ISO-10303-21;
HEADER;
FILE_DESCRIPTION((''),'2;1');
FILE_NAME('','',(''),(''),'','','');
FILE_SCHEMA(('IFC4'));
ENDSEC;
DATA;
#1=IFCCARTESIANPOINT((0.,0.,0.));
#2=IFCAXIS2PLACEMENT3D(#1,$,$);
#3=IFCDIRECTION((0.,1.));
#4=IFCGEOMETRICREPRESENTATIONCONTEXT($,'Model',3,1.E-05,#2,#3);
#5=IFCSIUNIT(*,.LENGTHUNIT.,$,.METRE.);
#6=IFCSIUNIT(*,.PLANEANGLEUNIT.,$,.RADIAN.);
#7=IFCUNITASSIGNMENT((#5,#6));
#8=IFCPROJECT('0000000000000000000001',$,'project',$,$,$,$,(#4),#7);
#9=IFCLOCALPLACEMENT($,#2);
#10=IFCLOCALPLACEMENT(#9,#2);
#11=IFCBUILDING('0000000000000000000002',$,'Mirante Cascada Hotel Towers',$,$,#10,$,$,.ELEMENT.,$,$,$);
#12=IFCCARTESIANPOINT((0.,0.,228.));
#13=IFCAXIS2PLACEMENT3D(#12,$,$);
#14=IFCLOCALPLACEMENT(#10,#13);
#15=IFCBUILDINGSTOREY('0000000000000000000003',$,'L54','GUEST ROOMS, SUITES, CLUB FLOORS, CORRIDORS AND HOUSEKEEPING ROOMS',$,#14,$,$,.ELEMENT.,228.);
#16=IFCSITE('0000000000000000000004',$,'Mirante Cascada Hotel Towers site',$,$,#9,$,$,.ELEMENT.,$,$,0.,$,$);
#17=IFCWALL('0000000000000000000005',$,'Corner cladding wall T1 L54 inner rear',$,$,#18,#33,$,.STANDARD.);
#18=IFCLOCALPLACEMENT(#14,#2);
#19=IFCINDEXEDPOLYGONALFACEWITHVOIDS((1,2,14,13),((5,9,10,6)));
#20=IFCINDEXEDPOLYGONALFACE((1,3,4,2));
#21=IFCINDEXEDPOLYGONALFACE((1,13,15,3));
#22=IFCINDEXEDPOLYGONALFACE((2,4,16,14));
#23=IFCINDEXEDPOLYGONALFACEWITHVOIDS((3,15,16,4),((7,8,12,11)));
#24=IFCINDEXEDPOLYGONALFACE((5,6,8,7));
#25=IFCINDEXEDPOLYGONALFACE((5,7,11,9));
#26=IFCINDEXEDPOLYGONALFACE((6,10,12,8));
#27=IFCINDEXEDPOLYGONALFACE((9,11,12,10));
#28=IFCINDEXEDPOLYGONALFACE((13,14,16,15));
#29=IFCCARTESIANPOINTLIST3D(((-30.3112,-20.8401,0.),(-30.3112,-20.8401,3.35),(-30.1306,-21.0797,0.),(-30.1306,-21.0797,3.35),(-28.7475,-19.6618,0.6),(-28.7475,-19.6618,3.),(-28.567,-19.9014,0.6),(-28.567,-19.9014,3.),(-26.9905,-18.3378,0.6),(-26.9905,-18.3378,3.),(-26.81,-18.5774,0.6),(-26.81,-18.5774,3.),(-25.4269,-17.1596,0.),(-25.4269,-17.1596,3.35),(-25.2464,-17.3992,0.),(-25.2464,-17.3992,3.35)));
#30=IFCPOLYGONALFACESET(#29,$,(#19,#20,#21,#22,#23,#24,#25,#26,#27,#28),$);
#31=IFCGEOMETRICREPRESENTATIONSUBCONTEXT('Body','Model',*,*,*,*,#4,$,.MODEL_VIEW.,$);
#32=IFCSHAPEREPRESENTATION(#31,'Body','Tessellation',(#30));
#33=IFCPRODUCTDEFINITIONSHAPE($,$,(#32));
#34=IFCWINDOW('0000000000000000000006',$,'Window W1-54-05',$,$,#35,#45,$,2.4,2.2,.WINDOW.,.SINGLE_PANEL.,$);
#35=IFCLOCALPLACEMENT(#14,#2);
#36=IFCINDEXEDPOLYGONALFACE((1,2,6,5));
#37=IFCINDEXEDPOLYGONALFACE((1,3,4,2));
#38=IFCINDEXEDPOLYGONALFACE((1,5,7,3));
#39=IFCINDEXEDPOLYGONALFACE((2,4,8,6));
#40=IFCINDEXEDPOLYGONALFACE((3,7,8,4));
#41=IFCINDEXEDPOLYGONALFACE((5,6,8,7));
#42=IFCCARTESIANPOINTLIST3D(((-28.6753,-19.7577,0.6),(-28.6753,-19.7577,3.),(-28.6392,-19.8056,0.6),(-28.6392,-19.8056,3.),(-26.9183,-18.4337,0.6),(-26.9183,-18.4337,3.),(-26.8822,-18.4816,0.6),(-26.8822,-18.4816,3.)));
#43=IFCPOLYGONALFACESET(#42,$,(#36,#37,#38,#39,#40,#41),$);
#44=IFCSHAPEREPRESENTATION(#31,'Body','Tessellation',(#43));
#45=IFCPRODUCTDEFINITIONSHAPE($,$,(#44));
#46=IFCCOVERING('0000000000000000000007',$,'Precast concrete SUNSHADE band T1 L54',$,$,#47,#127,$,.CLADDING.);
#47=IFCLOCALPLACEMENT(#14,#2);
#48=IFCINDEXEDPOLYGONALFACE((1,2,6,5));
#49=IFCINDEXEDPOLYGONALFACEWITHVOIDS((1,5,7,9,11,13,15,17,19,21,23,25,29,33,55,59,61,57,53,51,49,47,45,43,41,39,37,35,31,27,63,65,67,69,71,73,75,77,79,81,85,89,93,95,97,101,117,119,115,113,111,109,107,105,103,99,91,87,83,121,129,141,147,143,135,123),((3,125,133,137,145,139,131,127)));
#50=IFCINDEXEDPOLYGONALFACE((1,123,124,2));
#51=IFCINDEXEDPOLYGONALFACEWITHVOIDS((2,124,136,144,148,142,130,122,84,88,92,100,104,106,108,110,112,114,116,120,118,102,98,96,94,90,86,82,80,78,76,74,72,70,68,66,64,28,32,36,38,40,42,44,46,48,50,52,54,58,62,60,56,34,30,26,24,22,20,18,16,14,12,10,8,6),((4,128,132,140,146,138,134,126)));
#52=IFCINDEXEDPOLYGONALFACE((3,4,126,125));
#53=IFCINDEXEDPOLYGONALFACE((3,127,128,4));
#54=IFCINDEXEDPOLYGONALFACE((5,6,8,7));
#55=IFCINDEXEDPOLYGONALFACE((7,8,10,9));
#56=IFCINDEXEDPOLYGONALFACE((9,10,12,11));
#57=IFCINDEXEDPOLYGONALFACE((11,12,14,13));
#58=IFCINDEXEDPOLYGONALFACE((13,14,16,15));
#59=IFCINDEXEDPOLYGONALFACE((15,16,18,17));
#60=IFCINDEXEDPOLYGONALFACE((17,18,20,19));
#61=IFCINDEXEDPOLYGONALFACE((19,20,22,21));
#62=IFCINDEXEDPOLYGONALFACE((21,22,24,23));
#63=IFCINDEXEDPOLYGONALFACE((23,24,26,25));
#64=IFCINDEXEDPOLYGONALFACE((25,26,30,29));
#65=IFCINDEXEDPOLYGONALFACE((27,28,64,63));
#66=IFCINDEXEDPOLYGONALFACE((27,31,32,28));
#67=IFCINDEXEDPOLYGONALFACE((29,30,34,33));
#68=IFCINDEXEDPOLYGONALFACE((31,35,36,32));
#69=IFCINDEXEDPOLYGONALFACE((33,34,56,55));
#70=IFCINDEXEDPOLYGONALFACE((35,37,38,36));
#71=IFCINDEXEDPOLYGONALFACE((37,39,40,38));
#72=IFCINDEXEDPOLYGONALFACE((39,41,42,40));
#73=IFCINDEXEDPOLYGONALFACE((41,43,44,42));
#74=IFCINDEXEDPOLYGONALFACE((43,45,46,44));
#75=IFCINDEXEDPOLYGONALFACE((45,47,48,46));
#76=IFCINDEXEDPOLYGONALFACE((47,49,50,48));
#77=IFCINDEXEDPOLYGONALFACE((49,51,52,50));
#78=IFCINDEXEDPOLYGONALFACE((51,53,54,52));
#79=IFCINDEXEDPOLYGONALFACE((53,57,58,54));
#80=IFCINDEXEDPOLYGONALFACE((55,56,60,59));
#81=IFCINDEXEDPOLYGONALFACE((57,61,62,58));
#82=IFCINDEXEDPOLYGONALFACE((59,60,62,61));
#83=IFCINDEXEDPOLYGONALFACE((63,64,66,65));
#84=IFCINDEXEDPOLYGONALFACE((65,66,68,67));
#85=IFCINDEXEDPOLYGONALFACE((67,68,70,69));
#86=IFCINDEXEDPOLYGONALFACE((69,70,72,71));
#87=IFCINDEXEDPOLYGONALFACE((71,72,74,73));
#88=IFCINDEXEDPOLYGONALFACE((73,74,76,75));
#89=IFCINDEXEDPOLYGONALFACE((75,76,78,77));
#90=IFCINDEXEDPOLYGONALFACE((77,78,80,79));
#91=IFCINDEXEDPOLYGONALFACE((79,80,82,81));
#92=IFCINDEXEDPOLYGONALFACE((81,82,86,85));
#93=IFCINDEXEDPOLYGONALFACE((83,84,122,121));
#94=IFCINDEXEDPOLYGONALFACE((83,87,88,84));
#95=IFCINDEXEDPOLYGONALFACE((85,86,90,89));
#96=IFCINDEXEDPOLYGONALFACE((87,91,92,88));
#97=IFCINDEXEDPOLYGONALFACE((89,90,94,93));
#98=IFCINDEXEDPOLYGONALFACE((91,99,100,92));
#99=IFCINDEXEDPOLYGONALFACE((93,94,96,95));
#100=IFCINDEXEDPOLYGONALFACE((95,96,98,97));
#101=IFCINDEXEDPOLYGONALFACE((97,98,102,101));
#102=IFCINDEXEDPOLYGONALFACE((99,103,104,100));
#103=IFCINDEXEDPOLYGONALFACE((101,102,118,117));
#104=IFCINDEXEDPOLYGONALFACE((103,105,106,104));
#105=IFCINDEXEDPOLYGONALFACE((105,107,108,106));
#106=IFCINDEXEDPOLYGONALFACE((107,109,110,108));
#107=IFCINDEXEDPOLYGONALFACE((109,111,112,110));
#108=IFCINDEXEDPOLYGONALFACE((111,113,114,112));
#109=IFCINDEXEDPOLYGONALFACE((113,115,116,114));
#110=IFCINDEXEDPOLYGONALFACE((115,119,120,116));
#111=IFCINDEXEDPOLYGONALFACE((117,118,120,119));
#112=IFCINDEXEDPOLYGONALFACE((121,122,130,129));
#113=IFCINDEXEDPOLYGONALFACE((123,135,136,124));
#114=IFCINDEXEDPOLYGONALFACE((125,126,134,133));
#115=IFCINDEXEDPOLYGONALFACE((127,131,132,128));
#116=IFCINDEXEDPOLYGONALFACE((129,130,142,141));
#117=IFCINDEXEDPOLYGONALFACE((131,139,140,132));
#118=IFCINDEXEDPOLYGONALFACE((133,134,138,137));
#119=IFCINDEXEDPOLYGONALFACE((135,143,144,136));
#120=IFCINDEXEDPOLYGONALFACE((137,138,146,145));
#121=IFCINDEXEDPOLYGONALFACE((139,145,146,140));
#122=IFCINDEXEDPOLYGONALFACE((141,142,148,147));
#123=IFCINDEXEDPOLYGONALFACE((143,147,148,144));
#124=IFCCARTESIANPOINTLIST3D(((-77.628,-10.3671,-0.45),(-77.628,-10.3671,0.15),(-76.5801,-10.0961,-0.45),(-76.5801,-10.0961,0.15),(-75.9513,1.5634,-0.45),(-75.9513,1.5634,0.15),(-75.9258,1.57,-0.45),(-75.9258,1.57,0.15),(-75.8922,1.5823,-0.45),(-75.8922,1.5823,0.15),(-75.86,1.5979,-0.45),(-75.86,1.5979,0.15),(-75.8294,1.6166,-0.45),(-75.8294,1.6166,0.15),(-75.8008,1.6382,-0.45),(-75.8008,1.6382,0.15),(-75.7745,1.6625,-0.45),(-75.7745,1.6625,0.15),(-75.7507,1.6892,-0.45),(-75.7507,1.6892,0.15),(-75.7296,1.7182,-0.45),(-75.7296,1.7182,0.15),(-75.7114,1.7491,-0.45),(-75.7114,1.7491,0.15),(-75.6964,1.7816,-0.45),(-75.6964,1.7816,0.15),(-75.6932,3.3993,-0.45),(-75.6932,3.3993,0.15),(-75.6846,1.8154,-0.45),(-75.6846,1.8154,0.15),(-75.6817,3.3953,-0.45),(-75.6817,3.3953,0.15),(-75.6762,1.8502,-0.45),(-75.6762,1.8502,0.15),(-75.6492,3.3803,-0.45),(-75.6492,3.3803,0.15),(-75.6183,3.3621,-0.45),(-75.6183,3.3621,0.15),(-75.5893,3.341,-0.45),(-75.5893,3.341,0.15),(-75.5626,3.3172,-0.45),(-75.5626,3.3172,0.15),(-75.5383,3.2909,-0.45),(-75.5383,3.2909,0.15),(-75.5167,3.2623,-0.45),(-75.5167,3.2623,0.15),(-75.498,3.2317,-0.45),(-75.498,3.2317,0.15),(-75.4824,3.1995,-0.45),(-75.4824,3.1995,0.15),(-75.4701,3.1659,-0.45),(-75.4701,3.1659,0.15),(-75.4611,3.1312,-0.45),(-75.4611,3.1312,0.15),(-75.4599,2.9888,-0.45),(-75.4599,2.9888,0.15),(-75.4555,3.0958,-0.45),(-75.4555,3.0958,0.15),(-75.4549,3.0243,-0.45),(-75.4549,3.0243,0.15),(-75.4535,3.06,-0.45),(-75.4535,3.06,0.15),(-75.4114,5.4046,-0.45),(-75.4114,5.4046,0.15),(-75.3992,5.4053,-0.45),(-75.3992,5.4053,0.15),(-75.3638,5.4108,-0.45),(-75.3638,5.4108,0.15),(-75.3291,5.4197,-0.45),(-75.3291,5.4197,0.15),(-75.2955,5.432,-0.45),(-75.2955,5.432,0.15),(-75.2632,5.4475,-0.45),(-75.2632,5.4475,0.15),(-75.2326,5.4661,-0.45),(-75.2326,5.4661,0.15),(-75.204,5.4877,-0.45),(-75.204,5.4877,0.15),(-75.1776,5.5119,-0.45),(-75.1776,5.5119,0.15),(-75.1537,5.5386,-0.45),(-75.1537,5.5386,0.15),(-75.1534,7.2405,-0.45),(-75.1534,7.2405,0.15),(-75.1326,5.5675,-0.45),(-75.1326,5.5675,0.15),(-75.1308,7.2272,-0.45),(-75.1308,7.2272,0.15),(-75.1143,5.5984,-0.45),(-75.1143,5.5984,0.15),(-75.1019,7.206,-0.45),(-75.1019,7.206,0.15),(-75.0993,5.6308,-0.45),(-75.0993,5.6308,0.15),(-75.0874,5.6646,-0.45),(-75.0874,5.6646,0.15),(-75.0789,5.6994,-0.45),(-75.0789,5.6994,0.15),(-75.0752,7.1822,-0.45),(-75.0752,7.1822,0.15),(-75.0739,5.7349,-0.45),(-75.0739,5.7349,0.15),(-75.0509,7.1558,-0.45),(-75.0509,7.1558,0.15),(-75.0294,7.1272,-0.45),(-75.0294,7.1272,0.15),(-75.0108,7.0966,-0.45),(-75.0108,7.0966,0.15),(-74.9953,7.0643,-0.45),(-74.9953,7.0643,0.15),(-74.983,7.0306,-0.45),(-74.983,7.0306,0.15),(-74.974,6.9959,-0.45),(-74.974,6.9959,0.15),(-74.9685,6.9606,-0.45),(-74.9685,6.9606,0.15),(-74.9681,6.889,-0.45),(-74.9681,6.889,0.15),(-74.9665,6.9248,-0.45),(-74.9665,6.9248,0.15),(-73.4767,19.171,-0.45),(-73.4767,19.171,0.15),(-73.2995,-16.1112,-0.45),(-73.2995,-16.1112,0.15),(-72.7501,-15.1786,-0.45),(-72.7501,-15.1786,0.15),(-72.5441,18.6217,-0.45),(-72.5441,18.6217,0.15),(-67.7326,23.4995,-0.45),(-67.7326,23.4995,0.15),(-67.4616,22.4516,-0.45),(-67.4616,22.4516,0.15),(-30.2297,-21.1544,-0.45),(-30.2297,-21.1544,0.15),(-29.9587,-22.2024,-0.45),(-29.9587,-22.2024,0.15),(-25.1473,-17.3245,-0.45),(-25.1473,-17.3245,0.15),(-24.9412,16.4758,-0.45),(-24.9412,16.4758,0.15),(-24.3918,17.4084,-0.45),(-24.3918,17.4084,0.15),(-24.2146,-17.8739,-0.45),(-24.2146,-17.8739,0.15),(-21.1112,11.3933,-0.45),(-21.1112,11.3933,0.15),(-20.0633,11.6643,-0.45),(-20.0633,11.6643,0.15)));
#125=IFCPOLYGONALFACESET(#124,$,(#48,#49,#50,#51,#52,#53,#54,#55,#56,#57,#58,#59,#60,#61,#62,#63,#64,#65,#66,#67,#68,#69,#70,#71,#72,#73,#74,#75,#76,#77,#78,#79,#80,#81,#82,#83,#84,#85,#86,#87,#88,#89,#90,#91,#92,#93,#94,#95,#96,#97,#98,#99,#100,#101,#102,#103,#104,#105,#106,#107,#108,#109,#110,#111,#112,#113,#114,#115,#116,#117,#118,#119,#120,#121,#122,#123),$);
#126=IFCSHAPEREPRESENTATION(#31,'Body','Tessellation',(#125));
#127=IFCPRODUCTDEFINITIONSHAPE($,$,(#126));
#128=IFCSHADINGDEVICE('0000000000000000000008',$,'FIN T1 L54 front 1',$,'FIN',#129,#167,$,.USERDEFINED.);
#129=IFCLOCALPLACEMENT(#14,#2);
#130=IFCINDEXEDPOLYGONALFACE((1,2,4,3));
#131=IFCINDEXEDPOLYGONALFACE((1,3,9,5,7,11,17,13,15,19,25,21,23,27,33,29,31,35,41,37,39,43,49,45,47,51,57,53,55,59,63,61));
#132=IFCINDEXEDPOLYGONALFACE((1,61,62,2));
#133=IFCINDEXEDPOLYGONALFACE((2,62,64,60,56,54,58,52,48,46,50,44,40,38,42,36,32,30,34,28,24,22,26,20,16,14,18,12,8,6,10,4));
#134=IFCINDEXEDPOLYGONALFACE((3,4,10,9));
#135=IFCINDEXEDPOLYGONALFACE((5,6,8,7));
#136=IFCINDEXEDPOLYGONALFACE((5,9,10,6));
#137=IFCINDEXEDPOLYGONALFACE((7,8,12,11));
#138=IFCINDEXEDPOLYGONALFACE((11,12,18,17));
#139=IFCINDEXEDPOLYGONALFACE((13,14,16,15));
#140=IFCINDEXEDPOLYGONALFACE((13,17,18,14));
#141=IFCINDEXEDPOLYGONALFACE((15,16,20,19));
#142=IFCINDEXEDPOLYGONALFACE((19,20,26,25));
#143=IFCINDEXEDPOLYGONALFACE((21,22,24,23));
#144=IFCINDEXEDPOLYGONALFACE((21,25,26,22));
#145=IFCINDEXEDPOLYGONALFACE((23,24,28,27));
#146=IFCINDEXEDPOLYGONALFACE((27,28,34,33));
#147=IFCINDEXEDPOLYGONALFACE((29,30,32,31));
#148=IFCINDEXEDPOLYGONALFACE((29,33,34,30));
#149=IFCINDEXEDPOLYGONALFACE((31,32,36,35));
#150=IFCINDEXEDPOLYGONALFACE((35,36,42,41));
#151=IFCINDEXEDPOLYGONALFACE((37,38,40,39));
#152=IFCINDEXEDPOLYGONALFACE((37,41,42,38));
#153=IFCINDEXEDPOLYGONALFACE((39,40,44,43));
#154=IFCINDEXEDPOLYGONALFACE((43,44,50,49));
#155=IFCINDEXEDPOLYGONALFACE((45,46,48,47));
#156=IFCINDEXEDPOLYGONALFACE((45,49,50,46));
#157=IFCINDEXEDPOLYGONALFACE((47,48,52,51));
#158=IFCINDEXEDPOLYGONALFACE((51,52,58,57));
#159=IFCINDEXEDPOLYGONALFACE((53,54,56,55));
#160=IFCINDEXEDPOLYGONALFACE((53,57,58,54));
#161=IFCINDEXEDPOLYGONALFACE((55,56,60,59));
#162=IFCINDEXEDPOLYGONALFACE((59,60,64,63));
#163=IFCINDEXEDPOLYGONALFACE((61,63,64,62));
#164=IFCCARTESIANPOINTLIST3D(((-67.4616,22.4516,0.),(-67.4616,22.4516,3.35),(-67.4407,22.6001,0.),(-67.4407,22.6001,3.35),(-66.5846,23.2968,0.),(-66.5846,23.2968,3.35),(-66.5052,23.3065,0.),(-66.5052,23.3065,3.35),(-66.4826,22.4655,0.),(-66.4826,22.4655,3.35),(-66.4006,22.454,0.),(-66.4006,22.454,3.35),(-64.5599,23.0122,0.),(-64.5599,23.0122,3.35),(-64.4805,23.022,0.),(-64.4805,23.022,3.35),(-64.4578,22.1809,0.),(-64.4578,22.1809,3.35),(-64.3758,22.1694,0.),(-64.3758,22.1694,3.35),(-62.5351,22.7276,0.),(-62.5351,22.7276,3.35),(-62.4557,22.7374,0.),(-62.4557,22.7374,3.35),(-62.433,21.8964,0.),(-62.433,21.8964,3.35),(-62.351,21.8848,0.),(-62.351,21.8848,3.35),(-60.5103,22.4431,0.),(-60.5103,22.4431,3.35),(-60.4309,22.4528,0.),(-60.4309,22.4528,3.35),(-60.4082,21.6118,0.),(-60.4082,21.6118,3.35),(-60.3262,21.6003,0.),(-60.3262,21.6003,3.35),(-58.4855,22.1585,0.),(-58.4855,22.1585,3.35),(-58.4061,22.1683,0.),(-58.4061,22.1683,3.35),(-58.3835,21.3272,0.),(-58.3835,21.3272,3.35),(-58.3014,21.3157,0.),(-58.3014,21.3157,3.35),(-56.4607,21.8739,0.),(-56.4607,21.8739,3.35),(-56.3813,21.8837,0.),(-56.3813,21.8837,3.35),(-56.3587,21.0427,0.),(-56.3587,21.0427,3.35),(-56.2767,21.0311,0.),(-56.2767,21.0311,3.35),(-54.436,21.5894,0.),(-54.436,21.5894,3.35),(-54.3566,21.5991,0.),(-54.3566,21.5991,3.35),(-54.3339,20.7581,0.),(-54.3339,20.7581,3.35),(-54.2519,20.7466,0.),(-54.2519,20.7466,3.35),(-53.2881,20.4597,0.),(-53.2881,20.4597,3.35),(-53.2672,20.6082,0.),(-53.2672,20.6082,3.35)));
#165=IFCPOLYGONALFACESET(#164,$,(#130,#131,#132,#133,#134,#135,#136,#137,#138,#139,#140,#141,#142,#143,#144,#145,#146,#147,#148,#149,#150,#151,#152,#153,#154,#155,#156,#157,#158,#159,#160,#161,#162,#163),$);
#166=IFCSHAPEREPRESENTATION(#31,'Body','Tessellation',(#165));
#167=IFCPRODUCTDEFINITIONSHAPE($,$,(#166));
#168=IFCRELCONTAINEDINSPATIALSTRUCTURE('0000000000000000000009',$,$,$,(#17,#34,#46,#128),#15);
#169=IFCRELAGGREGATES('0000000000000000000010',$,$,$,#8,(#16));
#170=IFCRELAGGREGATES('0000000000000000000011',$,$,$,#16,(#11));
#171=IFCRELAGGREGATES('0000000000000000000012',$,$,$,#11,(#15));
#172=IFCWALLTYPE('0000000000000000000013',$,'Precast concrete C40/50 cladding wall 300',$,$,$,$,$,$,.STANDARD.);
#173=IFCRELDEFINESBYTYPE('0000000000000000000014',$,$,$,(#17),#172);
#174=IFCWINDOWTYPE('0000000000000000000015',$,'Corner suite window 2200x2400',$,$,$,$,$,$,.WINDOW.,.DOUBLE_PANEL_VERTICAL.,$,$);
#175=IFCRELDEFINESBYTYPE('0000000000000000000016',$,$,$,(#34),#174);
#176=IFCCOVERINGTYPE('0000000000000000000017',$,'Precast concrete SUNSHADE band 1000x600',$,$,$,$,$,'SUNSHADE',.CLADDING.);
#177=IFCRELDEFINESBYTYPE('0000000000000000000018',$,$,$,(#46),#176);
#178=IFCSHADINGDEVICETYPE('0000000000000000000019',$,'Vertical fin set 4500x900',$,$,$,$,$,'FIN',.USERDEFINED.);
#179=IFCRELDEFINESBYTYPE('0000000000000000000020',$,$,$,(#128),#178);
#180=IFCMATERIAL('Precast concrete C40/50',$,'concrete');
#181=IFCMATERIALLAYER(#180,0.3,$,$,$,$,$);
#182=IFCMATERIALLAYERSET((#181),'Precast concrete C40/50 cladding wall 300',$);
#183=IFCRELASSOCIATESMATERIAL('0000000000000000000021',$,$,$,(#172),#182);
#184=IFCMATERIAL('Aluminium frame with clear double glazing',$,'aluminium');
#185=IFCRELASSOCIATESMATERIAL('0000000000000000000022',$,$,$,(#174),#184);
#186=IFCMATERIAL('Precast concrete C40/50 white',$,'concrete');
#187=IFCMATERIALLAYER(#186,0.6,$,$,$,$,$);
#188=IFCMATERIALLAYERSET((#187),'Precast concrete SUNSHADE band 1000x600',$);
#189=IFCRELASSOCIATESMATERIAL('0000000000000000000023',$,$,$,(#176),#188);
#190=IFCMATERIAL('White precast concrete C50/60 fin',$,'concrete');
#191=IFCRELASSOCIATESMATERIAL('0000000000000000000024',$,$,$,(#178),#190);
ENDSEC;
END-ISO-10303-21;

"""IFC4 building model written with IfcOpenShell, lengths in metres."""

from ifc_helpers import new_model, si_unit, direction, frame, frame_2d, origin, place, context, subcontext, project, spatial, polyline, rectangle, outline, extrude, material, layer, layer_set, type_object, element, fill, save


model = new_model("IFC4")

# Units and contexts
model_context = context("Model", 3, precision=1e-05, world=origin(), true_north=direction((0.0, 1.0)))
body_context = subcontext(model_context, "Body", "Model", "MODEL_VIEW")
ifc_project = project(units=[si_unit("LENGTHUNIT", "METRE"), si_unit("PLANEANGLEUNIT", "RADIAN")], contexts=[model_context])

# Site, building, storey
site_placement = place(None, origin())
site = spatial("IfcSite", under=ifc_project, at=site_placement, Name="Mirante Cascada Hotel Towers site", CompositionType="ELEMENT", RefElevation=0.0)
building_placement = place(site_placement, origin())
building = spatial("IfcBuilding", under=site, at=building_placement, Name="Mirante Cascada Hotel Towers", CompositionType="ELEMENT")
storey_placement = place(building_placement, frame((0.0, 0.0, 228.0)))
storey = spatial("IfcBuildingStorey", under=building, at=storey_placement, Name="L54", Description="GUEST ROOMS, SUITES, CLUB FLOORS, CORRIDORS AND HOUSEKEEPING ROOMS", CompositionType="ELEMENT", Elevation=228.0)

# Wall, opening, window
ifc_material_1 = material(Name="Precast concrete C40/50", Category="concrete")
ifc_layer_1 = layer(ifc_material_1, 0.3)
ifc_layer_set_1 = layer_set([ifc_layer_1], Name="Precast concrete C40/50 cladding wall 300")
wall_type_1 = type_object("IfcWallType", Name="Precast concrete C40/50 cladding wall 300", PredefinedType="STANDARD", material=ifc_layer_set_1)
wall_1_placement = place(storey_placement, frame((-25.3367, -17.2794, 0.0), z_axis=(0.0, 0.0, 1.0), x_axis=(-0.798636, -0.601814, 0.0)))
wall_1 = element("IfcWall", 1, at=wall_1_placement, inside=storey, type_object=wall_type_1, Name="Corner cladding wall T1 L54 inner rear", PredefinedType="STANDARD", context=body_context, shape_type="SweptSolid", body=[
    extrude(rectangle(XDim=6.1157, YDim=0.3, at=frame_2d((3.0578, 0.0))), origin(), (0.0, 0.0, 1.0), 3.35),
])
opening_1_placement = place(wall_1_placement, frame((1.9578, 0.0, 0.6)))
opening_1 = element("IfcOpeningElement", 2, at=opening_1_placement, cuts=wall_1, PredefinedType="OPENING", context=body_context, shape_type="SweptSolid", body=[
    extrude(rectangle(XDim=2.2, YDim=2.4, at=frame_2d((1.1, 1.2))), frame((0.0, 0.15, 0.0), z_axis=(0.0, -1.0, 0.0), x_axis=(1.0, 0.0, 0.0)), (0.0, 0.0, 1.0), 0.3),
])
ifc_material_2 = material(Name="Aluminium frame with clear double glazing", Category="aluminium")
window_type = type_object("IfcWindowType", Name="Corner suite window 2200x2400", PartitioningType="DOUBLE_PANEL_VERTICAL", PredefinedType="WINDOW", material=ifc_material_2)
window_placement = place(opening_1_placement, origin())
window = element("IfcWindow", 3, at=window_placement, inside=storey, type_object=window_type, Name="Window W1-54-05", OverallHeight=2.4, OverallWidth=2.2, PartitioningType="SINGLE_PANEL", PredefinedType="WINDOW", context=body_context, shape_type="SweptSolid", body=[
    extrude(rectangle(XDim=2.2, YDim=2.4, at=frame_2d((1.1, 1.2))), frame((0.0, 0.03, 0.0), z_axis=(0.0, -1.0, 0.0), x_axis=(1.0, 0.0, 0.0)), (0.0, 0.0, 1.0), 0.06),
])
fill(opening_1, window)

# Covering
ifc_material_3 = material(Name="Precast concrete C40/50 white", Category="concrete")
ifc_layer_2 = layer(ifc_material_3, 0.6)
ifc_layer_set_2 = layer_set([ifc_layer_2], Name="Precast concrete SUNSHADE band 1000x600")
covering_type = type_object("IfcCoveringType", Name="Precast concrete SUNSHADE band 1000x600", ElementType="SUNSHADE", PredefinedType="CLADDING", material=ifc_layer_set_2)
covering_placement = place(storey_placement, frame((0.0, 0.0, -0.45)))
element("IfcCovering", 4, at=covering_placement, inside=storey, type_object=covering_type, Name="Precast concrete SUNSHADE band T1 L54", PredefinedType="CLADDING", context=body_context, shape_type="SweptSolid", body=[
    extrude(outline(polyline([(-77.628, -10.3671), (-75.9513, 1.5634), (-75.9258, 1.57), (-75.8922, 1.5823), (-75.86, 1.5979), (-75.8294, 1.6166), (-75.8008, 1.6382), (-75.7745, 1.6625), (-75.7507, 1.6892), (-75.7296, 1.7182), (-75.7114, 1.7491), (-75.6964, 1.7816), (-75.6846, 1.8154), (-75.6762, 1.8502), (-75.4599, 2.9888), (-75.4549, 3.0243), (-75.4535, 3.06), (-75.4555, 3.0958), (-75.4611, 3.1312), (-75.4701, 3.1659), (-75.4824, 3.1995), (-75.498, 3.2317), (-75.5167, 3.2623), (-75.5383, 3.2909), (-75.5626, 3.3172), (-75.5893, 3.341), (-75.6183, 3.3621), (-75.6492, 3.3803), (-75.6817, 3.3953), (-75.6932, 3.3993), (-75.4114, 5.4046), (-75.3992, 5.4053), (-75.3638, 5.4108), (-75.3291, 5.4197), (-75.2955, 5.432), (-75.2632, 5.4475), (-75.2326, 5.4661), (-75.204, 5.4877), (-75.1776, 5.5119), (-75.1537, 5.5386), (-75.1326, 5.5675), (-75.1143, 5.5984), (-75.0993, 5.6308), (-75.0874, 5.6646), (-75.0789, 5.6994), (-75.0739, 5.7349), (-74.9681, 6.889), (-74.9665, 6.9248), (-74.9685, 6.9606), (-74.974, 6.9959), (-74.983, 7.0306), (-74.9953, 7.0643), (-75.0108, 7.0966), (-75.0294, 7.1272), (-75.0509, 7.1558), (-75.0752, 7.1822), (-75.1019, 7.206), (-75.1308, 7.2272), (-75.1534, 7.2405), (-73.4767, 19.171), (-67.7326, 23.4995), (-24.3918, 17.4084), (-20.0633, 11.6643), (-24.2146, -17.8739), (-29.9587, -22.2024), (-73.2995, -16.1112), (-77.628, -10.3671)]), holes=[polyline([(-21.1112, 11.3933), (-24.9412, 16.4758), (-67.4616, 22.4516), (-72.5441, 18.6217), (-76.5801, -10.0961), (-72.7501, -15.1786), (-30.2297, -21.1544), (-25.1473, -17.3245), (-21.1112, 11.3933)])]), origin(), (0.0, 0.0, 1.0), 0.6),
])

# Shading device
ifc_material_4 = material(Name="White precast concrete C50/60 fin", Category="concrete")
shading_device_type = type_object("IfcShadingDeviceType", Name="Vertical fin set 4500x900", ElementType="FIN", PredefinedType="USERDEFINED", material=ifc_material_4)
shading_device_1_placement = place(storey_placement, origin())
element("IfcShadingDevice", 5, at=shading_device_1_placement, inside=storey, type_object=shading_device_type, Name="FIN T1 L54 front 1", ObjectType="FIN", PredefinedType="USERDEFINED", context=body_context, shape_type="SweptSolid", body=[
    extrude(outline(polyline([(-54.2519, 20.7466), (-53.2672, 20.6082), (-53.2881, 20.4597), (-67.4616, 22.4516), (-67.4407, 22.6001), (-66.4826, 22.4655), (-66.5846, 23.2968), (-66.5052, 23.3065), (-66.4006, 22.454), (-64.4578, 22.1809), (-64.5599, 23.0122), (-64.4805, 23.022), (-64.3758, 22.1694), (-62.433, 21.8964), (-62.5351, 22.7276), (-62.4557, 22.7374), (-62.351, 21.8848), (-60.4082, 21.6118), (-60.5103, 22.4431), (-60.4309, 22.4528), (-60.3262, 21.6003), (-58.3835, 21.3272), (-58.4855, 22.1585), (-58.4061, 22.1683), (-58.3014, 21.3157), (-56.3587, 21.0427), (-56.4607, 21.8739), (-56.3813, 21.8837), (-56.2767, 21.0311), (-54.3339, 20.7581), (-54.436, 21.5894), (-54.3566, 21.5991), (-54.2519, 20.7466)])), origin(), (0.0, 0.0, 1.0), 3.35),
])

save(model, "model.ifc")
